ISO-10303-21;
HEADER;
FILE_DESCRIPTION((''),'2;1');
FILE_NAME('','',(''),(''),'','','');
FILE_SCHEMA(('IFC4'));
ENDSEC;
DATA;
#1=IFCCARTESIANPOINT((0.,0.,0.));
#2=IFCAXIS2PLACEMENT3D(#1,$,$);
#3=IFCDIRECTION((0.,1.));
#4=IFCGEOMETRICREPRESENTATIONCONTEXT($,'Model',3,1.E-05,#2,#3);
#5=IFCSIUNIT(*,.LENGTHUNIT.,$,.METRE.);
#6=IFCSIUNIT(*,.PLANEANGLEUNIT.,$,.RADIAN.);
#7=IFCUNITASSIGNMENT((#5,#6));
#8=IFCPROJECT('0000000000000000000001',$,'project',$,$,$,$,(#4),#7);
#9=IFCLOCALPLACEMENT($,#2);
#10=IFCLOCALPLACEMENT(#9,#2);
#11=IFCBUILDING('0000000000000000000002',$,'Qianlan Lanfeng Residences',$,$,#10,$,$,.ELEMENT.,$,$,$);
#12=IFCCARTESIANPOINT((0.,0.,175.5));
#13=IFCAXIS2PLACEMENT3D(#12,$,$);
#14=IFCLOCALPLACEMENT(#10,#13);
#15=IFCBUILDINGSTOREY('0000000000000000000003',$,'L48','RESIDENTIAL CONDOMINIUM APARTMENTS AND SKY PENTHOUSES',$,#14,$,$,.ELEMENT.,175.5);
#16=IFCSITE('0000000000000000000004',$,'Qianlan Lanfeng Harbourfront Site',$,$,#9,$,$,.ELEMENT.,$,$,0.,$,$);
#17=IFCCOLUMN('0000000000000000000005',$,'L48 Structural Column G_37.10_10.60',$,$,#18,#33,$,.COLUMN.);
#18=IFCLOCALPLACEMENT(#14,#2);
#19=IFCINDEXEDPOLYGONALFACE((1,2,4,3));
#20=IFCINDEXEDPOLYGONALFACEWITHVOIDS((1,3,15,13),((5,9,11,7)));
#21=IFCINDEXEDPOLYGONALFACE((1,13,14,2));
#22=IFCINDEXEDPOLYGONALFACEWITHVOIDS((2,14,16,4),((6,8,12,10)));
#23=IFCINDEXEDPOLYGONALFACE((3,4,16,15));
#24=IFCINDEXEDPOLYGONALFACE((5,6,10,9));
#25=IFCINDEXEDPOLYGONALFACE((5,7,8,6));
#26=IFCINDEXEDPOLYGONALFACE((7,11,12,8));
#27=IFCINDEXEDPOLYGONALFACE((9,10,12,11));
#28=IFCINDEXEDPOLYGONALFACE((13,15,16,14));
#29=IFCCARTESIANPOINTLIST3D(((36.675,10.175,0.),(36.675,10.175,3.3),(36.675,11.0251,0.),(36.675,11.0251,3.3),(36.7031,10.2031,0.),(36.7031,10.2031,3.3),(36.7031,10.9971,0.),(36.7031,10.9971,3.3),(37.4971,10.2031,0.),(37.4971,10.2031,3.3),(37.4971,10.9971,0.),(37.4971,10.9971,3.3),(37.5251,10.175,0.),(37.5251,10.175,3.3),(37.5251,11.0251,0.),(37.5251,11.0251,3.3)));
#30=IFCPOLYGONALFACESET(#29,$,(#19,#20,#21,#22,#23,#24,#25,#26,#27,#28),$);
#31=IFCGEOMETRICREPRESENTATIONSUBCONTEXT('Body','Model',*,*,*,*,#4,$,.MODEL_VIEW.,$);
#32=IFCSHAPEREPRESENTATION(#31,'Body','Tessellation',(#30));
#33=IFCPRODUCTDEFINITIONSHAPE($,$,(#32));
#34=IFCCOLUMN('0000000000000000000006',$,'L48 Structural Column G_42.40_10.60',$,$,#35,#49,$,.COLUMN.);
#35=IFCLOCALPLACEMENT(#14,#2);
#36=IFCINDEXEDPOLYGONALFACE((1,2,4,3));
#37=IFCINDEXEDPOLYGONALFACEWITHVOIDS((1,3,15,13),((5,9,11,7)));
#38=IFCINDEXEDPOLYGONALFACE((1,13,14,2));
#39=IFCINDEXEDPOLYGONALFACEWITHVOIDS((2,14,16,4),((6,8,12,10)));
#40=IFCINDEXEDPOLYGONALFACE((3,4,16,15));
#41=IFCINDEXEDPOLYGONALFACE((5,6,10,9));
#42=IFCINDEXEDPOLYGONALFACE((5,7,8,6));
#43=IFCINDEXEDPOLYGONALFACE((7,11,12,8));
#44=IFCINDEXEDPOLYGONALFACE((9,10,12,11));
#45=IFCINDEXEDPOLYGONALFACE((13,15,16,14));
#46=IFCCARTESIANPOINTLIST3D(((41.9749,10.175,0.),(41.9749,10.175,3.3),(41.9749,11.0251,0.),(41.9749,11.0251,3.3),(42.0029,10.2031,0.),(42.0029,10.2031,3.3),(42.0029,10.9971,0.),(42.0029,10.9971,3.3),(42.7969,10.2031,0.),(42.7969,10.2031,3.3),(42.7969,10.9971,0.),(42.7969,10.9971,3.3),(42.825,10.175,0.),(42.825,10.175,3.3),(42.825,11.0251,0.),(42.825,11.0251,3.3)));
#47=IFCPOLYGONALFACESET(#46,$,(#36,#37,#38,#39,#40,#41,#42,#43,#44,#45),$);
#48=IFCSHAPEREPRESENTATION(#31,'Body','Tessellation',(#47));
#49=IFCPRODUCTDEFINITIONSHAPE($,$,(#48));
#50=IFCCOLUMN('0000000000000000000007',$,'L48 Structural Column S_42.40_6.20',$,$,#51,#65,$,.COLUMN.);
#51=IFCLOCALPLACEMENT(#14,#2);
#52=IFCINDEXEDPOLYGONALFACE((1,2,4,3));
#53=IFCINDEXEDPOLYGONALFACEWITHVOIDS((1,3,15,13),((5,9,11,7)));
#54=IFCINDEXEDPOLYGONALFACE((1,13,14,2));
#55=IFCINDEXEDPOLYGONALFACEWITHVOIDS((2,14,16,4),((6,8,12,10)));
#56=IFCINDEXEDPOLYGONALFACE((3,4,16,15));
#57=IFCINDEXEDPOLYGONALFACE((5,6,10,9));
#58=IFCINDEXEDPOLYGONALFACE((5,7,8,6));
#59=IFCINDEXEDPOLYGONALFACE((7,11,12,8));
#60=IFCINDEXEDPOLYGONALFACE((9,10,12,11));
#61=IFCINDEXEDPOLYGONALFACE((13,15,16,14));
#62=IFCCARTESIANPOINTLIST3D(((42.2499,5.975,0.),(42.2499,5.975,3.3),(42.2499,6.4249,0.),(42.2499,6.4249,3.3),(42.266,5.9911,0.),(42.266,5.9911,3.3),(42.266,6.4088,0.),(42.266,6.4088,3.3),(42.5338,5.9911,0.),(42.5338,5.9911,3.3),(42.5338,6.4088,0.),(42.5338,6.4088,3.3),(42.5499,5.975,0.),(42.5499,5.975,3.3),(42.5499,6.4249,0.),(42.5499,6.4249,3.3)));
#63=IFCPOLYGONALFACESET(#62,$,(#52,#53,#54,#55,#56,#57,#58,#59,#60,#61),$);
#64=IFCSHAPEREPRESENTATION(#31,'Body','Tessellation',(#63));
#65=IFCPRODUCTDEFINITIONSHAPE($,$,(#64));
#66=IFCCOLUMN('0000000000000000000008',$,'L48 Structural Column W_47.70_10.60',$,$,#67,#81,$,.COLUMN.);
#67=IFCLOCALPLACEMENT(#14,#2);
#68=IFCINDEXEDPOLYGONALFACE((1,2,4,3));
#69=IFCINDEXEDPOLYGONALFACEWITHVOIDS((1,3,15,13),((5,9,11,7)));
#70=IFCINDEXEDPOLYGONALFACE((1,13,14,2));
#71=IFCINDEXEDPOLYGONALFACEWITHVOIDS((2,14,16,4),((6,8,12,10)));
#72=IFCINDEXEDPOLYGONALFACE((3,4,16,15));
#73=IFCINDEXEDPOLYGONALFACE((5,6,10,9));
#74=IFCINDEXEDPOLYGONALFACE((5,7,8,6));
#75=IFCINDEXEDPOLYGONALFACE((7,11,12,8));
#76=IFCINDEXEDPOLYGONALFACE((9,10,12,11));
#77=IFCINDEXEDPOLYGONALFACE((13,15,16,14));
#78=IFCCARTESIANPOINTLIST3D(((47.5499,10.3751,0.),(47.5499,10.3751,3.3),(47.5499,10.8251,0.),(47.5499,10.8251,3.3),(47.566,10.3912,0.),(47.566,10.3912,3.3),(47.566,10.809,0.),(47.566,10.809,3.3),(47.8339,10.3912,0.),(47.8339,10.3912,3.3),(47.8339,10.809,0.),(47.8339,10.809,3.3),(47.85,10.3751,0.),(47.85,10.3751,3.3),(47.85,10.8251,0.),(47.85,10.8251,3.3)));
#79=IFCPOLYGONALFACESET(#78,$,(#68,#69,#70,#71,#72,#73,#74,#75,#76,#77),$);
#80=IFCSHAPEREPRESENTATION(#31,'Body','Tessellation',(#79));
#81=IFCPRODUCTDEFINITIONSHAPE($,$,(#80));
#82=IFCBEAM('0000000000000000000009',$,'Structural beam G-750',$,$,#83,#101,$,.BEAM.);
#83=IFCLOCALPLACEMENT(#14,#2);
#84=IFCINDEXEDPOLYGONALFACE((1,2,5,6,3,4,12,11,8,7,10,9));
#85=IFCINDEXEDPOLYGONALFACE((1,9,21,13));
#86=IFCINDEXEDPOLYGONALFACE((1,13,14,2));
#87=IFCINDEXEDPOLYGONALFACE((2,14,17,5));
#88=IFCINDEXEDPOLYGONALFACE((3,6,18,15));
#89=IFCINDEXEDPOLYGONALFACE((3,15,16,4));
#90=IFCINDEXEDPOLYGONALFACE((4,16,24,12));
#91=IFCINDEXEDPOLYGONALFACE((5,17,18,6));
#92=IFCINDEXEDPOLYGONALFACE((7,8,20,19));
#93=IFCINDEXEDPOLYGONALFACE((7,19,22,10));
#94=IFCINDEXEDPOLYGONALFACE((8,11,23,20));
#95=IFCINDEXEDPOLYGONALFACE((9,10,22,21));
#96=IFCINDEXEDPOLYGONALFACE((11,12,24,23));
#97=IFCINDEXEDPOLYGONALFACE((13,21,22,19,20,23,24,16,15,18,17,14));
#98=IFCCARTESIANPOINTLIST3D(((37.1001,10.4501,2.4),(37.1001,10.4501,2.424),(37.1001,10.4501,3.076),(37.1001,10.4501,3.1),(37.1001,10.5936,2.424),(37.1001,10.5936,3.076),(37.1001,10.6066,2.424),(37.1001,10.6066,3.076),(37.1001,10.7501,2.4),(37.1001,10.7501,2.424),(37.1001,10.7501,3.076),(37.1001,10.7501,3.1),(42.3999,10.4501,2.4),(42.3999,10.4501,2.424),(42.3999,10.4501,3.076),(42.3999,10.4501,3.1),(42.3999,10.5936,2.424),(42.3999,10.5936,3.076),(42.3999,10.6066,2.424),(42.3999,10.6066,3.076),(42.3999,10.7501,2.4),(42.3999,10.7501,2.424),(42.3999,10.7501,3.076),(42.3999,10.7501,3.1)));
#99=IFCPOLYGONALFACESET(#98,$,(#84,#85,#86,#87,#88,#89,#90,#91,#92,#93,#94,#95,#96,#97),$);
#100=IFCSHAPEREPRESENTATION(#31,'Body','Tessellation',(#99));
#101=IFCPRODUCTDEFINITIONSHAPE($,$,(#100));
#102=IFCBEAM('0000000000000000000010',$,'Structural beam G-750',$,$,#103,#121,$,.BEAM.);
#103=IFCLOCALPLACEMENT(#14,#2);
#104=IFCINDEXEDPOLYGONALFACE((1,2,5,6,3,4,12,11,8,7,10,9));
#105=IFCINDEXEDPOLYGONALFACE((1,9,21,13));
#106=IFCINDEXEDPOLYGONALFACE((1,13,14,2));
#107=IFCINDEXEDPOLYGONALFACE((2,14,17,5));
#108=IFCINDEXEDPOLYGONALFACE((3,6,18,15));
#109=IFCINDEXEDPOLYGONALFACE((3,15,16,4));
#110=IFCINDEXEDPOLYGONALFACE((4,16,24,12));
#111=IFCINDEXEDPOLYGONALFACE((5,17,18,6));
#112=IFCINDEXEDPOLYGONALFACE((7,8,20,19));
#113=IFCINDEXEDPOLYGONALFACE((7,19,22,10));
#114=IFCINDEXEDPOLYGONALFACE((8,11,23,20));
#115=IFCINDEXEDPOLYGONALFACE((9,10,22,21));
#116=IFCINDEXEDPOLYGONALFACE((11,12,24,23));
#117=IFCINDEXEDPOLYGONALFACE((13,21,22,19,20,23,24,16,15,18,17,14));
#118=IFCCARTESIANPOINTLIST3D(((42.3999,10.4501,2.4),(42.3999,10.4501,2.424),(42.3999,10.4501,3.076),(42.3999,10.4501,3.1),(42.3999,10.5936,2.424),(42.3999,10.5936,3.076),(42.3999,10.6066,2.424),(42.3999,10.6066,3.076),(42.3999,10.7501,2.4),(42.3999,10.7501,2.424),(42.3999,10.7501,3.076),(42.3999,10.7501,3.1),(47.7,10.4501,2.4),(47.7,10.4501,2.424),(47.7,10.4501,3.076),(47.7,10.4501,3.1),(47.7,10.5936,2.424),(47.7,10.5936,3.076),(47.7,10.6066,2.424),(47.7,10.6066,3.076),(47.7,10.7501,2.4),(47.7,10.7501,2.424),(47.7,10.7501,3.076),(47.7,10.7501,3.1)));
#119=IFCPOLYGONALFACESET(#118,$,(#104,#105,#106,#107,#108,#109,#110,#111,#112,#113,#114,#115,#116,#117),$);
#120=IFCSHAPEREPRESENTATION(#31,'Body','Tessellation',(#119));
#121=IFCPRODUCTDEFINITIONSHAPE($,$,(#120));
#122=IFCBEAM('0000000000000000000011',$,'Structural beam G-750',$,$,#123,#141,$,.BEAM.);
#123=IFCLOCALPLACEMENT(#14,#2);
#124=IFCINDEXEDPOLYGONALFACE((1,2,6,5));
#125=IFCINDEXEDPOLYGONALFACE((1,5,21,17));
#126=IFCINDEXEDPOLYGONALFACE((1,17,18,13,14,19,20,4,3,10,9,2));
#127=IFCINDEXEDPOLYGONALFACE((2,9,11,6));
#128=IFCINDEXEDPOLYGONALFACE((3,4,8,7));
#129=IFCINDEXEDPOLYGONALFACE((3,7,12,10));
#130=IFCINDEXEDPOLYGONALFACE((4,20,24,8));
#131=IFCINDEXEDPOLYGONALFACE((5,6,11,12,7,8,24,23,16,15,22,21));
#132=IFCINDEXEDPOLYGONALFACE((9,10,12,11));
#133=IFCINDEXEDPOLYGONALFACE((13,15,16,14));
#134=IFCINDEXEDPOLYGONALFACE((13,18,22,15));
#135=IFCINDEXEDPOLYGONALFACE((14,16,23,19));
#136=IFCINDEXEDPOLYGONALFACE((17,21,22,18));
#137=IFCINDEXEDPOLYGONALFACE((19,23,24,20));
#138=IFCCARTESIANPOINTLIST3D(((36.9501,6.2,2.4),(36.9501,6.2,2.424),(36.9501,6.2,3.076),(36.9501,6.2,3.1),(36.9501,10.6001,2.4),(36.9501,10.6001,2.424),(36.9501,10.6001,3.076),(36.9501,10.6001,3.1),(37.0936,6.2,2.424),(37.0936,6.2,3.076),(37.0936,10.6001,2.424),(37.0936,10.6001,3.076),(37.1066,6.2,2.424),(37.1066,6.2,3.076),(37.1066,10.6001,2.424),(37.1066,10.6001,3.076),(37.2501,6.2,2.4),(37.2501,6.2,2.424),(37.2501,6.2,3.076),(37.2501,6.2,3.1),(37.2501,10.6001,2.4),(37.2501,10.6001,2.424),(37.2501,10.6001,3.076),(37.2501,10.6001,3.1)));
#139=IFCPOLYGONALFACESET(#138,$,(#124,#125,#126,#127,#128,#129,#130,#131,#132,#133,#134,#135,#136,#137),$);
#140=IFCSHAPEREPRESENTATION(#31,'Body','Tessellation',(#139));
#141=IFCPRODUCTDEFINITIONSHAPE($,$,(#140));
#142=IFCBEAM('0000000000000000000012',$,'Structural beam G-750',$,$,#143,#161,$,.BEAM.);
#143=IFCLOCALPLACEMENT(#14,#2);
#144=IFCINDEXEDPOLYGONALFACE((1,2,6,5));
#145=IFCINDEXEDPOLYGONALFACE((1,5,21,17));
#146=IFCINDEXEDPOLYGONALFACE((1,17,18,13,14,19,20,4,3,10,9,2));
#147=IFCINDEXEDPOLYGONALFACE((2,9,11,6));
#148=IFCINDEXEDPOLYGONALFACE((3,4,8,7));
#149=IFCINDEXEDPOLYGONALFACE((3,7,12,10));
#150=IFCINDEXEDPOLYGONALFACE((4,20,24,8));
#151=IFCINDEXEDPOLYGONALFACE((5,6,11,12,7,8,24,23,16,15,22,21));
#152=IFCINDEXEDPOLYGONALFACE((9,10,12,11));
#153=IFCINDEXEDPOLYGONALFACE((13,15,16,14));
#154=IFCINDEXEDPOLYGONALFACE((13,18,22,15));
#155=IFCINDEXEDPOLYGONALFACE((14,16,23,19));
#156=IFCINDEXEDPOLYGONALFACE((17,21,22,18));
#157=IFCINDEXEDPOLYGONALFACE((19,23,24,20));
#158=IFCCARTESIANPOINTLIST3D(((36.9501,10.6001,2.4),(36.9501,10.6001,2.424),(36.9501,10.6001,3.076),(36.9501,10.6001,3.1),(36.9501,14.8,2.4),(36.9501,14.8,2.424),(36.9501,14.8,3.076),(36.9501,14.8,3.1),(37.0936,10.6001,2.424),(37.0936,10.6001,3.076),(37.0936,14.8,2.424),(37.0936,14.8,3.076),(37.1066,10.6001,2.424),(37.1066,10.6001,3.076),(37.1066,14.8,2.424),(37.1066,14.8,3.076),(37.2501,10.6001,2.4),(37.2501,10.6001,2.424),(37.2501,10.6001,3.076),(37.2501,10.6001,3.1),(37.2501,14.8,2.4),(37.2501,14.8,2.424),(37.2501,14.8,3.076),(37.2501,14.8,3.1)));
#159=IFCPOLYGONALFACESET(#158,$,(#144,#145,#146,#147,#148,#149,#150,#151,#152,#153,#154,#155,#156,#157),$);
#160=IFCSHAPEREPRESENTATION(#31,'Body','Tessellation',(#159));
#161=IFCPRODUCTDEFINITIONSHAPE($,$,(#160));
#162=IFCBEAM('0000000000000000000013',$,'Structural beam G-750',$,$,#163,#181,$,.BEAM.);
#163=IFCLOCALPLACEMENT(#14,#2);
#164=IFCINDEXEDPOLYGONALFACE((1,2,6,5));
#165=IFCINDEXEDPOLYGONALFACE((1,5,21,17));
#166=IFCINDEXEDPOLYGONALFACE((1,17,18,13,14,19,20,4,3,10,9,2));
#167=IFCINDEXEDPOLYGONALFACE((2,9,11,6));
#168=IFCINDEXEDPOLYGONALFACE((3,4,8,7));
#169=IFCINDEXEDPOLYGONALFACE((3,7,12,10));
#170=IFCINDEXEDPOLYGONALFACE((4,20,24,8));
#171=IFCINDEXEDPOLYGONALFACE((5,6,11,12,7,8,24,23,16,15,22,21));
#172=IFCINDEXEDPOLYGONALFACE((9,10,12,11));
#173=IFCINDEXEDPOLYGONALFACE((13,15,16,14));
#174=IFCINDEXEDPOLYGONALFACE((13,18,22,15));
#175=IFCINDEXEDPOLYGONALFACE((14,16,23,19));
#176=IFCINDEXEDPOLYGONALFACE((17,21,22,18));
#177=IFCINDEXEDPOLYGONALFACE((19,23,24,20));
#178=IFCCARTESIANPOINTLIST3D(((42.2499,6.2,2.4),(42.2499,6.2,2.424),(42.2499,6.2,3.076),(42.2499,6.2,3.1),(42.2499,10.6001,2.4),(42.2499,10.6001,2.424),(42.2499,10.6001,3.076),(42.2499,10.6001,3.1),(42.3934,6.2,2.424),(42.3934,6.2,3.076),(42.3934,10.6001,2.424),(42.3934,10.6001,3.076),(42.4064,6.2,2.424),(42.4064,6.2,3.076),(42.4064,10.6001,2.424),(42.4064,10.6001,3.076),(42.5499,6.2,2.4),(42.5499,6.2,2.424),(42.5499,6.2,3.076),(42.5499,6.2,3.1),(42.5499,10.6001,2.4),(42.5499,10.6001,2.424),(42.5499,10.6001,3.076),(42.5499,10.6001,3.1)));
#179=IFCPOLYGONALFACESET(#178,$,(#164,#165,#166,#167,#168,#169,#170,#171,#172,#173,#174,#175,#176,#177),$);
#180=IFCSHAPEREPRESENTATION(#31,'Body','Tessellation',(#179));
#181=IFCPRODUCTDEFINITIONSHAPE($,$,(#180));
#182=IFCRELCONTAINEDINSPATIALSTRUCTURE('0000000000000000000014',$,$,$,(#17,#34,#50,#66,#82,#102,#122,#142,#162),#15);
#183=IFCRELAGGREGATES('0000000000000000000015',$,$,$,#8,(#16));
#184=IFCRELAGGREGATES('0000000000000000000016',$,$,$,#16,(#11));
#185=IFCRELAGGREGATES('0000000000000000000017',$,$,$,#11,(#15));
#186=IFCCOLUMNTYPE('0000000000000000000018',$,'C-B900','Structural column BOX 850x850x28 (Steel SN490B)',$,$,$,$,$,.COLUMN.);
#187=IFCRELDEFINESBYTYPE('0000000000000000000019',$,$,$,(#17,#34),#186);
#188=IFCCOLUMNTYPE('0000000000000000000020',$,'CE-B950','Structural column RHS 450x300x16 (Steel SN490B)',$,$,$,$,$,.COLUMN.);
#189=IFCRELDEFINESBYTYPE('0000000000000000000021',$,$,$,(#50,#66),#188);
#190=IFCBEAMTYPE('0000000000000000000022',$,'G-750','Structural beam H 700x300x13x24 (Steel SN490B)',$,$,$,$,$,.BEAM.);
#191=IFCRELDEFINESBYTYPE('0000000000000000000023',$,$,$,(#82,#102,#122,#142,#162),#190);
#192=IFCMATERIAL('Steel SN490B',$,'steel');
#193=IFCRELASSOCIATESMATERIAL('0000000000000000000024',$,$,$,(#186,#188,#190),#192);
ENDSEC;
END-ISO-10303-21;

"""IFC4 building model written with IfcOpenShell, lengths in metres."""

from ifc_helpers import new_model, si_unit, direction, frame, origin, origin_2d, place, context, subcontext, project, spatial, hollow_rectangle, i_section, extrude, material, material_profile, profile_set, type_object, element, save


model = new_model("IFC4")

# Units and contexts
model_context = context("Model", 3, precision=1e-05, world=origin(), true_north=direction((0.0, 1.0)))
body_context = subcontext(model_context, "Body", "Model", "MODEL_VIEW")
ifc_project = project(units=[si_unit("LENGTHUNIT", "METRE"), si_unit("PLANEANGLEUNIT", "RADIAN")], contexts=[model_context])

# Site, building, storey
site_placement = place(None, origin())
site = spatial("IfcSite", under=ifc_project, at=site_placement, Name="Qianlan Lanfeng Harbourfront Site", CompositionType="ELEMENT", RefElevation=0.0)
building_placement = place(site_placement, origin())
building = spatial("IfcBuilding", under=site, at=building_placement, Name="Qianlan Lanfeng Residences", CompositionType="ELEMENT")
storey_placement = place(building_placement, frame((0.0, 0.0, 175.5)))
storey = spatial("IfcBuildingStorey", under=building, at=storey_placement, Name="L48", Description="RESIDENTIAL CONDOMINIUM APARTMENTS AND SKY PENTHOUSES", CompositionType="ELEMENT", Elevation=175.5)

# Columns
ifc_material_1 = material(Name="Steel SN490B", Category="steel")
ifc_material_profile_1 = material_profile(ifc_material_1, hollow_rectangle(XDim=0.8501, YDim=0.8501, WallThickness=0.0281, at=origin_2d()), Name="BOX 850x850x28")
ifc_profile_set_1 = profile_set([ifc_material_profile_1], Name="Steel SN490B")
column_type_1 = type_object("IfcColumnType", Name="C-B900", Description="Structural column BOX 850x850x28 (Steel SN490B)", PredefinedType="COLUMN", material=ifc_profile_set_1)
for number, where, z_axis, x_axis, name in (
    (1, (37.1001, 10.6001, 0.0), (0.0, 0.0, 1.0), (1.0, 0.0, 0.0), "L48 Structural Column G_37.10_10.60"),
    (2, (42.3999, 10.6001, 0.0), (0.0, 0.0, 1.0), (1.0, 0.0, 0.0), "L48 Structural Column G_42.40_10.60"),
):
    element("IfcColumn", number, at=place(storey_placement, frame(where, z_axis=z_axis, x_axis=x_axis)), inside=storey, type_object=column_type_1, Name=name, PredefinedType="COLUMN", context=body_context, shape_type="SweptSolid", body=[
        extrude(hollow_rectangle(XDim=0.8501, YDim=0.8501, WallThickness=0.0281, at=origin_2d()), origin(), (0.0, 0.0, 1.0), 3.3),
    ])
ifc_material_profile_2 = material_profile(ifc_material_1, hollow_rectangle(XDim=0.3, YDim=0.45, WallThickness=0.0161, at=origin_2d()), Name="RHS 450x300x16")
ifc_profile_set_2 = profile_set([ifc_material_profile_2], Name="Steel SN490B")
column_type_2 = type_object("IfcColumnType", Name="CE-B950", Description="Structural column RHS 450x300x16 (Steel SN490B)", PredefinedType="COLUMN", material=ifc_profile_set_2)
for number, where, z_axis, x_axis, name in (
    (3, (42.3999, 6.2, 0.0), (0.0, 0.0, 1.0), (1.0, 0.0, 0.0), "L48 Structural Column S_42.40_6.20"),
    (4, (47.7, 10.6001, 0.0), (0.0, 0.0, 1.0), (1.0, 0.0, 0.0), "L48 Structural Column W_47.70_10.60"),
):
    element("IfcColumn", number, at=place(storey_placement, frame(where, z_axis=z_axis, x_axis=x_axis)), inside=storey, type_object=column_type_2, Name=name, PredefinedType="COLUMN", context=body_context, shape_type="SweptSolid", body=[
        extrude(hollow_rectangle(XDim=0.3, YDim=0.45, WallThickness=0.0161, at=origin_2d()), origin(), (0.0, 0.0, 1.0), 3.3),
    ])

# Beams
ifc_material_profile_3 = material_profile(ifc_material_1, i_section(OverallWidth=0.3, OverallDepth=0.7, WebThickness=0.0129, FlangeThickness=0.0239, at=origin_2d()), Name="H 700x300x13x24")
ifc_profile_set_3 = profile_set([ifc_material_profile_3], Name="Steel SN490B")
beam_type_1 = type_object("IfcBeamType", Name="G-750", Description="Structural beam H 700x300x13x24 (Steel SN490B)", PredefinedType="BEAM", material=ifc_profile_set_3)
beam_1_placement = place(storey_placement, frame((37.1001, 10.6001, 2.75), z_axis=(1.0, 0.0, 0.0), x_axis=(0.0, 1.0, 0.0)))
element("IfcBeam", 5, at=beam_1_placement, inside=storey, type_object=beam_type_1, Name="Structural beam G-750", PredefinedType="BEAM", context=body_context, shape_type="SweptSolid", body=[
    extrude(i_section(OverallWidth=0.3, OverallDepth=0.7, WebThickness=0.0129, FlangeThickness=0.0239, at=origin_2d()), origin(), (0.0, 0.0, 1.0), 5.2998),
])
beam_2_placement = place(storey_placement, frame((42.3999, 10.6001, 2.75), z_axis=(1.0, 0.0, 0.0), x_axis=(0.0, 1.0, 0.0)))
element("IfcBeam", 6, at=beam_2_placement, inside=storey, type_object=beam_type_1, Name="Structural beam G-750", PredefinedType="BEAM", context=body_context, shape_type="SweptSolid", body=[
    extrude(i_section(OverallWidth=0.3, OverallDepth=0.7, WebThickness=0.0129, FlangeThickness=0.0239, at=origin_2d()), origin(), (0.0, 0.0, 1.0), 5.3),
])
beam_3_placement = place(storey_placement, frame((37.1001, 6.2, 2.75), z_axis=(0.0, 1.0, 0.0), x_axis=(-1.0, 0.0, 0.0)))
element("IfcBeam", 7, at=beam_3_placement, inside=storey, type_object=beam_type_1, Name="Structural beam G-750", PredefinedType="BEAM", context=body_context, shape_type="SweptSolid", body=[
    extrude(i_section(OverallWidth=0.3, OverallDepth=0.7, WebThickness=0.0129, FlangeThickness=0.0239, at=origin_2d()), origin(), (0.0, 0.0, 1.0), 4.4001),
])
beam_4_placement = place(storey_placement, frame((37.1001, 10.6001, 2.75), z_axis=(0.0, 1.0, 0.0), x_axis=(-1.0, 0.0, 0.0)))
element("IfcBeam", 8, at=beam_4_placement, inside=storey, type_object=beam_type_1, Name="Structural beam G-750", PredefinedType="BEAM", context=body_context, shape_type="SweptSolid", body=[
    extrude(i_section(OverallWidth=0.3, OverallDepth=0.7, WebThickness=0.0129, FlangeThickness=0.0239, at=origin_2d()), origin(), (0.0, 0.0, 1.0), 4.2),
])
beam_5_placement = place(storey_placement, frame((42.3999, 6.2, 2.75), z_axis=(0.0, 1.0, 0.0), x_axis=(-1.0, 0.0, 0.0)))
element("IfcBeam", 9, at=beam_5_placement, inside=storey, type_object=beam_type_1, Name="Structural beam G-750", PredefinedType="BEAM", context=body_context, shape_type="SweptSolid", body=[
    extrude(i_section(OverallWidth=0.3, OverallDepth=0.7, WebThickness=0.0129, FlangeThickness=0.0239, at=origin_2d()), origin(), (0.0, 0.0, 1.0), 4.4001),
])

save(model, "model.ifc")
